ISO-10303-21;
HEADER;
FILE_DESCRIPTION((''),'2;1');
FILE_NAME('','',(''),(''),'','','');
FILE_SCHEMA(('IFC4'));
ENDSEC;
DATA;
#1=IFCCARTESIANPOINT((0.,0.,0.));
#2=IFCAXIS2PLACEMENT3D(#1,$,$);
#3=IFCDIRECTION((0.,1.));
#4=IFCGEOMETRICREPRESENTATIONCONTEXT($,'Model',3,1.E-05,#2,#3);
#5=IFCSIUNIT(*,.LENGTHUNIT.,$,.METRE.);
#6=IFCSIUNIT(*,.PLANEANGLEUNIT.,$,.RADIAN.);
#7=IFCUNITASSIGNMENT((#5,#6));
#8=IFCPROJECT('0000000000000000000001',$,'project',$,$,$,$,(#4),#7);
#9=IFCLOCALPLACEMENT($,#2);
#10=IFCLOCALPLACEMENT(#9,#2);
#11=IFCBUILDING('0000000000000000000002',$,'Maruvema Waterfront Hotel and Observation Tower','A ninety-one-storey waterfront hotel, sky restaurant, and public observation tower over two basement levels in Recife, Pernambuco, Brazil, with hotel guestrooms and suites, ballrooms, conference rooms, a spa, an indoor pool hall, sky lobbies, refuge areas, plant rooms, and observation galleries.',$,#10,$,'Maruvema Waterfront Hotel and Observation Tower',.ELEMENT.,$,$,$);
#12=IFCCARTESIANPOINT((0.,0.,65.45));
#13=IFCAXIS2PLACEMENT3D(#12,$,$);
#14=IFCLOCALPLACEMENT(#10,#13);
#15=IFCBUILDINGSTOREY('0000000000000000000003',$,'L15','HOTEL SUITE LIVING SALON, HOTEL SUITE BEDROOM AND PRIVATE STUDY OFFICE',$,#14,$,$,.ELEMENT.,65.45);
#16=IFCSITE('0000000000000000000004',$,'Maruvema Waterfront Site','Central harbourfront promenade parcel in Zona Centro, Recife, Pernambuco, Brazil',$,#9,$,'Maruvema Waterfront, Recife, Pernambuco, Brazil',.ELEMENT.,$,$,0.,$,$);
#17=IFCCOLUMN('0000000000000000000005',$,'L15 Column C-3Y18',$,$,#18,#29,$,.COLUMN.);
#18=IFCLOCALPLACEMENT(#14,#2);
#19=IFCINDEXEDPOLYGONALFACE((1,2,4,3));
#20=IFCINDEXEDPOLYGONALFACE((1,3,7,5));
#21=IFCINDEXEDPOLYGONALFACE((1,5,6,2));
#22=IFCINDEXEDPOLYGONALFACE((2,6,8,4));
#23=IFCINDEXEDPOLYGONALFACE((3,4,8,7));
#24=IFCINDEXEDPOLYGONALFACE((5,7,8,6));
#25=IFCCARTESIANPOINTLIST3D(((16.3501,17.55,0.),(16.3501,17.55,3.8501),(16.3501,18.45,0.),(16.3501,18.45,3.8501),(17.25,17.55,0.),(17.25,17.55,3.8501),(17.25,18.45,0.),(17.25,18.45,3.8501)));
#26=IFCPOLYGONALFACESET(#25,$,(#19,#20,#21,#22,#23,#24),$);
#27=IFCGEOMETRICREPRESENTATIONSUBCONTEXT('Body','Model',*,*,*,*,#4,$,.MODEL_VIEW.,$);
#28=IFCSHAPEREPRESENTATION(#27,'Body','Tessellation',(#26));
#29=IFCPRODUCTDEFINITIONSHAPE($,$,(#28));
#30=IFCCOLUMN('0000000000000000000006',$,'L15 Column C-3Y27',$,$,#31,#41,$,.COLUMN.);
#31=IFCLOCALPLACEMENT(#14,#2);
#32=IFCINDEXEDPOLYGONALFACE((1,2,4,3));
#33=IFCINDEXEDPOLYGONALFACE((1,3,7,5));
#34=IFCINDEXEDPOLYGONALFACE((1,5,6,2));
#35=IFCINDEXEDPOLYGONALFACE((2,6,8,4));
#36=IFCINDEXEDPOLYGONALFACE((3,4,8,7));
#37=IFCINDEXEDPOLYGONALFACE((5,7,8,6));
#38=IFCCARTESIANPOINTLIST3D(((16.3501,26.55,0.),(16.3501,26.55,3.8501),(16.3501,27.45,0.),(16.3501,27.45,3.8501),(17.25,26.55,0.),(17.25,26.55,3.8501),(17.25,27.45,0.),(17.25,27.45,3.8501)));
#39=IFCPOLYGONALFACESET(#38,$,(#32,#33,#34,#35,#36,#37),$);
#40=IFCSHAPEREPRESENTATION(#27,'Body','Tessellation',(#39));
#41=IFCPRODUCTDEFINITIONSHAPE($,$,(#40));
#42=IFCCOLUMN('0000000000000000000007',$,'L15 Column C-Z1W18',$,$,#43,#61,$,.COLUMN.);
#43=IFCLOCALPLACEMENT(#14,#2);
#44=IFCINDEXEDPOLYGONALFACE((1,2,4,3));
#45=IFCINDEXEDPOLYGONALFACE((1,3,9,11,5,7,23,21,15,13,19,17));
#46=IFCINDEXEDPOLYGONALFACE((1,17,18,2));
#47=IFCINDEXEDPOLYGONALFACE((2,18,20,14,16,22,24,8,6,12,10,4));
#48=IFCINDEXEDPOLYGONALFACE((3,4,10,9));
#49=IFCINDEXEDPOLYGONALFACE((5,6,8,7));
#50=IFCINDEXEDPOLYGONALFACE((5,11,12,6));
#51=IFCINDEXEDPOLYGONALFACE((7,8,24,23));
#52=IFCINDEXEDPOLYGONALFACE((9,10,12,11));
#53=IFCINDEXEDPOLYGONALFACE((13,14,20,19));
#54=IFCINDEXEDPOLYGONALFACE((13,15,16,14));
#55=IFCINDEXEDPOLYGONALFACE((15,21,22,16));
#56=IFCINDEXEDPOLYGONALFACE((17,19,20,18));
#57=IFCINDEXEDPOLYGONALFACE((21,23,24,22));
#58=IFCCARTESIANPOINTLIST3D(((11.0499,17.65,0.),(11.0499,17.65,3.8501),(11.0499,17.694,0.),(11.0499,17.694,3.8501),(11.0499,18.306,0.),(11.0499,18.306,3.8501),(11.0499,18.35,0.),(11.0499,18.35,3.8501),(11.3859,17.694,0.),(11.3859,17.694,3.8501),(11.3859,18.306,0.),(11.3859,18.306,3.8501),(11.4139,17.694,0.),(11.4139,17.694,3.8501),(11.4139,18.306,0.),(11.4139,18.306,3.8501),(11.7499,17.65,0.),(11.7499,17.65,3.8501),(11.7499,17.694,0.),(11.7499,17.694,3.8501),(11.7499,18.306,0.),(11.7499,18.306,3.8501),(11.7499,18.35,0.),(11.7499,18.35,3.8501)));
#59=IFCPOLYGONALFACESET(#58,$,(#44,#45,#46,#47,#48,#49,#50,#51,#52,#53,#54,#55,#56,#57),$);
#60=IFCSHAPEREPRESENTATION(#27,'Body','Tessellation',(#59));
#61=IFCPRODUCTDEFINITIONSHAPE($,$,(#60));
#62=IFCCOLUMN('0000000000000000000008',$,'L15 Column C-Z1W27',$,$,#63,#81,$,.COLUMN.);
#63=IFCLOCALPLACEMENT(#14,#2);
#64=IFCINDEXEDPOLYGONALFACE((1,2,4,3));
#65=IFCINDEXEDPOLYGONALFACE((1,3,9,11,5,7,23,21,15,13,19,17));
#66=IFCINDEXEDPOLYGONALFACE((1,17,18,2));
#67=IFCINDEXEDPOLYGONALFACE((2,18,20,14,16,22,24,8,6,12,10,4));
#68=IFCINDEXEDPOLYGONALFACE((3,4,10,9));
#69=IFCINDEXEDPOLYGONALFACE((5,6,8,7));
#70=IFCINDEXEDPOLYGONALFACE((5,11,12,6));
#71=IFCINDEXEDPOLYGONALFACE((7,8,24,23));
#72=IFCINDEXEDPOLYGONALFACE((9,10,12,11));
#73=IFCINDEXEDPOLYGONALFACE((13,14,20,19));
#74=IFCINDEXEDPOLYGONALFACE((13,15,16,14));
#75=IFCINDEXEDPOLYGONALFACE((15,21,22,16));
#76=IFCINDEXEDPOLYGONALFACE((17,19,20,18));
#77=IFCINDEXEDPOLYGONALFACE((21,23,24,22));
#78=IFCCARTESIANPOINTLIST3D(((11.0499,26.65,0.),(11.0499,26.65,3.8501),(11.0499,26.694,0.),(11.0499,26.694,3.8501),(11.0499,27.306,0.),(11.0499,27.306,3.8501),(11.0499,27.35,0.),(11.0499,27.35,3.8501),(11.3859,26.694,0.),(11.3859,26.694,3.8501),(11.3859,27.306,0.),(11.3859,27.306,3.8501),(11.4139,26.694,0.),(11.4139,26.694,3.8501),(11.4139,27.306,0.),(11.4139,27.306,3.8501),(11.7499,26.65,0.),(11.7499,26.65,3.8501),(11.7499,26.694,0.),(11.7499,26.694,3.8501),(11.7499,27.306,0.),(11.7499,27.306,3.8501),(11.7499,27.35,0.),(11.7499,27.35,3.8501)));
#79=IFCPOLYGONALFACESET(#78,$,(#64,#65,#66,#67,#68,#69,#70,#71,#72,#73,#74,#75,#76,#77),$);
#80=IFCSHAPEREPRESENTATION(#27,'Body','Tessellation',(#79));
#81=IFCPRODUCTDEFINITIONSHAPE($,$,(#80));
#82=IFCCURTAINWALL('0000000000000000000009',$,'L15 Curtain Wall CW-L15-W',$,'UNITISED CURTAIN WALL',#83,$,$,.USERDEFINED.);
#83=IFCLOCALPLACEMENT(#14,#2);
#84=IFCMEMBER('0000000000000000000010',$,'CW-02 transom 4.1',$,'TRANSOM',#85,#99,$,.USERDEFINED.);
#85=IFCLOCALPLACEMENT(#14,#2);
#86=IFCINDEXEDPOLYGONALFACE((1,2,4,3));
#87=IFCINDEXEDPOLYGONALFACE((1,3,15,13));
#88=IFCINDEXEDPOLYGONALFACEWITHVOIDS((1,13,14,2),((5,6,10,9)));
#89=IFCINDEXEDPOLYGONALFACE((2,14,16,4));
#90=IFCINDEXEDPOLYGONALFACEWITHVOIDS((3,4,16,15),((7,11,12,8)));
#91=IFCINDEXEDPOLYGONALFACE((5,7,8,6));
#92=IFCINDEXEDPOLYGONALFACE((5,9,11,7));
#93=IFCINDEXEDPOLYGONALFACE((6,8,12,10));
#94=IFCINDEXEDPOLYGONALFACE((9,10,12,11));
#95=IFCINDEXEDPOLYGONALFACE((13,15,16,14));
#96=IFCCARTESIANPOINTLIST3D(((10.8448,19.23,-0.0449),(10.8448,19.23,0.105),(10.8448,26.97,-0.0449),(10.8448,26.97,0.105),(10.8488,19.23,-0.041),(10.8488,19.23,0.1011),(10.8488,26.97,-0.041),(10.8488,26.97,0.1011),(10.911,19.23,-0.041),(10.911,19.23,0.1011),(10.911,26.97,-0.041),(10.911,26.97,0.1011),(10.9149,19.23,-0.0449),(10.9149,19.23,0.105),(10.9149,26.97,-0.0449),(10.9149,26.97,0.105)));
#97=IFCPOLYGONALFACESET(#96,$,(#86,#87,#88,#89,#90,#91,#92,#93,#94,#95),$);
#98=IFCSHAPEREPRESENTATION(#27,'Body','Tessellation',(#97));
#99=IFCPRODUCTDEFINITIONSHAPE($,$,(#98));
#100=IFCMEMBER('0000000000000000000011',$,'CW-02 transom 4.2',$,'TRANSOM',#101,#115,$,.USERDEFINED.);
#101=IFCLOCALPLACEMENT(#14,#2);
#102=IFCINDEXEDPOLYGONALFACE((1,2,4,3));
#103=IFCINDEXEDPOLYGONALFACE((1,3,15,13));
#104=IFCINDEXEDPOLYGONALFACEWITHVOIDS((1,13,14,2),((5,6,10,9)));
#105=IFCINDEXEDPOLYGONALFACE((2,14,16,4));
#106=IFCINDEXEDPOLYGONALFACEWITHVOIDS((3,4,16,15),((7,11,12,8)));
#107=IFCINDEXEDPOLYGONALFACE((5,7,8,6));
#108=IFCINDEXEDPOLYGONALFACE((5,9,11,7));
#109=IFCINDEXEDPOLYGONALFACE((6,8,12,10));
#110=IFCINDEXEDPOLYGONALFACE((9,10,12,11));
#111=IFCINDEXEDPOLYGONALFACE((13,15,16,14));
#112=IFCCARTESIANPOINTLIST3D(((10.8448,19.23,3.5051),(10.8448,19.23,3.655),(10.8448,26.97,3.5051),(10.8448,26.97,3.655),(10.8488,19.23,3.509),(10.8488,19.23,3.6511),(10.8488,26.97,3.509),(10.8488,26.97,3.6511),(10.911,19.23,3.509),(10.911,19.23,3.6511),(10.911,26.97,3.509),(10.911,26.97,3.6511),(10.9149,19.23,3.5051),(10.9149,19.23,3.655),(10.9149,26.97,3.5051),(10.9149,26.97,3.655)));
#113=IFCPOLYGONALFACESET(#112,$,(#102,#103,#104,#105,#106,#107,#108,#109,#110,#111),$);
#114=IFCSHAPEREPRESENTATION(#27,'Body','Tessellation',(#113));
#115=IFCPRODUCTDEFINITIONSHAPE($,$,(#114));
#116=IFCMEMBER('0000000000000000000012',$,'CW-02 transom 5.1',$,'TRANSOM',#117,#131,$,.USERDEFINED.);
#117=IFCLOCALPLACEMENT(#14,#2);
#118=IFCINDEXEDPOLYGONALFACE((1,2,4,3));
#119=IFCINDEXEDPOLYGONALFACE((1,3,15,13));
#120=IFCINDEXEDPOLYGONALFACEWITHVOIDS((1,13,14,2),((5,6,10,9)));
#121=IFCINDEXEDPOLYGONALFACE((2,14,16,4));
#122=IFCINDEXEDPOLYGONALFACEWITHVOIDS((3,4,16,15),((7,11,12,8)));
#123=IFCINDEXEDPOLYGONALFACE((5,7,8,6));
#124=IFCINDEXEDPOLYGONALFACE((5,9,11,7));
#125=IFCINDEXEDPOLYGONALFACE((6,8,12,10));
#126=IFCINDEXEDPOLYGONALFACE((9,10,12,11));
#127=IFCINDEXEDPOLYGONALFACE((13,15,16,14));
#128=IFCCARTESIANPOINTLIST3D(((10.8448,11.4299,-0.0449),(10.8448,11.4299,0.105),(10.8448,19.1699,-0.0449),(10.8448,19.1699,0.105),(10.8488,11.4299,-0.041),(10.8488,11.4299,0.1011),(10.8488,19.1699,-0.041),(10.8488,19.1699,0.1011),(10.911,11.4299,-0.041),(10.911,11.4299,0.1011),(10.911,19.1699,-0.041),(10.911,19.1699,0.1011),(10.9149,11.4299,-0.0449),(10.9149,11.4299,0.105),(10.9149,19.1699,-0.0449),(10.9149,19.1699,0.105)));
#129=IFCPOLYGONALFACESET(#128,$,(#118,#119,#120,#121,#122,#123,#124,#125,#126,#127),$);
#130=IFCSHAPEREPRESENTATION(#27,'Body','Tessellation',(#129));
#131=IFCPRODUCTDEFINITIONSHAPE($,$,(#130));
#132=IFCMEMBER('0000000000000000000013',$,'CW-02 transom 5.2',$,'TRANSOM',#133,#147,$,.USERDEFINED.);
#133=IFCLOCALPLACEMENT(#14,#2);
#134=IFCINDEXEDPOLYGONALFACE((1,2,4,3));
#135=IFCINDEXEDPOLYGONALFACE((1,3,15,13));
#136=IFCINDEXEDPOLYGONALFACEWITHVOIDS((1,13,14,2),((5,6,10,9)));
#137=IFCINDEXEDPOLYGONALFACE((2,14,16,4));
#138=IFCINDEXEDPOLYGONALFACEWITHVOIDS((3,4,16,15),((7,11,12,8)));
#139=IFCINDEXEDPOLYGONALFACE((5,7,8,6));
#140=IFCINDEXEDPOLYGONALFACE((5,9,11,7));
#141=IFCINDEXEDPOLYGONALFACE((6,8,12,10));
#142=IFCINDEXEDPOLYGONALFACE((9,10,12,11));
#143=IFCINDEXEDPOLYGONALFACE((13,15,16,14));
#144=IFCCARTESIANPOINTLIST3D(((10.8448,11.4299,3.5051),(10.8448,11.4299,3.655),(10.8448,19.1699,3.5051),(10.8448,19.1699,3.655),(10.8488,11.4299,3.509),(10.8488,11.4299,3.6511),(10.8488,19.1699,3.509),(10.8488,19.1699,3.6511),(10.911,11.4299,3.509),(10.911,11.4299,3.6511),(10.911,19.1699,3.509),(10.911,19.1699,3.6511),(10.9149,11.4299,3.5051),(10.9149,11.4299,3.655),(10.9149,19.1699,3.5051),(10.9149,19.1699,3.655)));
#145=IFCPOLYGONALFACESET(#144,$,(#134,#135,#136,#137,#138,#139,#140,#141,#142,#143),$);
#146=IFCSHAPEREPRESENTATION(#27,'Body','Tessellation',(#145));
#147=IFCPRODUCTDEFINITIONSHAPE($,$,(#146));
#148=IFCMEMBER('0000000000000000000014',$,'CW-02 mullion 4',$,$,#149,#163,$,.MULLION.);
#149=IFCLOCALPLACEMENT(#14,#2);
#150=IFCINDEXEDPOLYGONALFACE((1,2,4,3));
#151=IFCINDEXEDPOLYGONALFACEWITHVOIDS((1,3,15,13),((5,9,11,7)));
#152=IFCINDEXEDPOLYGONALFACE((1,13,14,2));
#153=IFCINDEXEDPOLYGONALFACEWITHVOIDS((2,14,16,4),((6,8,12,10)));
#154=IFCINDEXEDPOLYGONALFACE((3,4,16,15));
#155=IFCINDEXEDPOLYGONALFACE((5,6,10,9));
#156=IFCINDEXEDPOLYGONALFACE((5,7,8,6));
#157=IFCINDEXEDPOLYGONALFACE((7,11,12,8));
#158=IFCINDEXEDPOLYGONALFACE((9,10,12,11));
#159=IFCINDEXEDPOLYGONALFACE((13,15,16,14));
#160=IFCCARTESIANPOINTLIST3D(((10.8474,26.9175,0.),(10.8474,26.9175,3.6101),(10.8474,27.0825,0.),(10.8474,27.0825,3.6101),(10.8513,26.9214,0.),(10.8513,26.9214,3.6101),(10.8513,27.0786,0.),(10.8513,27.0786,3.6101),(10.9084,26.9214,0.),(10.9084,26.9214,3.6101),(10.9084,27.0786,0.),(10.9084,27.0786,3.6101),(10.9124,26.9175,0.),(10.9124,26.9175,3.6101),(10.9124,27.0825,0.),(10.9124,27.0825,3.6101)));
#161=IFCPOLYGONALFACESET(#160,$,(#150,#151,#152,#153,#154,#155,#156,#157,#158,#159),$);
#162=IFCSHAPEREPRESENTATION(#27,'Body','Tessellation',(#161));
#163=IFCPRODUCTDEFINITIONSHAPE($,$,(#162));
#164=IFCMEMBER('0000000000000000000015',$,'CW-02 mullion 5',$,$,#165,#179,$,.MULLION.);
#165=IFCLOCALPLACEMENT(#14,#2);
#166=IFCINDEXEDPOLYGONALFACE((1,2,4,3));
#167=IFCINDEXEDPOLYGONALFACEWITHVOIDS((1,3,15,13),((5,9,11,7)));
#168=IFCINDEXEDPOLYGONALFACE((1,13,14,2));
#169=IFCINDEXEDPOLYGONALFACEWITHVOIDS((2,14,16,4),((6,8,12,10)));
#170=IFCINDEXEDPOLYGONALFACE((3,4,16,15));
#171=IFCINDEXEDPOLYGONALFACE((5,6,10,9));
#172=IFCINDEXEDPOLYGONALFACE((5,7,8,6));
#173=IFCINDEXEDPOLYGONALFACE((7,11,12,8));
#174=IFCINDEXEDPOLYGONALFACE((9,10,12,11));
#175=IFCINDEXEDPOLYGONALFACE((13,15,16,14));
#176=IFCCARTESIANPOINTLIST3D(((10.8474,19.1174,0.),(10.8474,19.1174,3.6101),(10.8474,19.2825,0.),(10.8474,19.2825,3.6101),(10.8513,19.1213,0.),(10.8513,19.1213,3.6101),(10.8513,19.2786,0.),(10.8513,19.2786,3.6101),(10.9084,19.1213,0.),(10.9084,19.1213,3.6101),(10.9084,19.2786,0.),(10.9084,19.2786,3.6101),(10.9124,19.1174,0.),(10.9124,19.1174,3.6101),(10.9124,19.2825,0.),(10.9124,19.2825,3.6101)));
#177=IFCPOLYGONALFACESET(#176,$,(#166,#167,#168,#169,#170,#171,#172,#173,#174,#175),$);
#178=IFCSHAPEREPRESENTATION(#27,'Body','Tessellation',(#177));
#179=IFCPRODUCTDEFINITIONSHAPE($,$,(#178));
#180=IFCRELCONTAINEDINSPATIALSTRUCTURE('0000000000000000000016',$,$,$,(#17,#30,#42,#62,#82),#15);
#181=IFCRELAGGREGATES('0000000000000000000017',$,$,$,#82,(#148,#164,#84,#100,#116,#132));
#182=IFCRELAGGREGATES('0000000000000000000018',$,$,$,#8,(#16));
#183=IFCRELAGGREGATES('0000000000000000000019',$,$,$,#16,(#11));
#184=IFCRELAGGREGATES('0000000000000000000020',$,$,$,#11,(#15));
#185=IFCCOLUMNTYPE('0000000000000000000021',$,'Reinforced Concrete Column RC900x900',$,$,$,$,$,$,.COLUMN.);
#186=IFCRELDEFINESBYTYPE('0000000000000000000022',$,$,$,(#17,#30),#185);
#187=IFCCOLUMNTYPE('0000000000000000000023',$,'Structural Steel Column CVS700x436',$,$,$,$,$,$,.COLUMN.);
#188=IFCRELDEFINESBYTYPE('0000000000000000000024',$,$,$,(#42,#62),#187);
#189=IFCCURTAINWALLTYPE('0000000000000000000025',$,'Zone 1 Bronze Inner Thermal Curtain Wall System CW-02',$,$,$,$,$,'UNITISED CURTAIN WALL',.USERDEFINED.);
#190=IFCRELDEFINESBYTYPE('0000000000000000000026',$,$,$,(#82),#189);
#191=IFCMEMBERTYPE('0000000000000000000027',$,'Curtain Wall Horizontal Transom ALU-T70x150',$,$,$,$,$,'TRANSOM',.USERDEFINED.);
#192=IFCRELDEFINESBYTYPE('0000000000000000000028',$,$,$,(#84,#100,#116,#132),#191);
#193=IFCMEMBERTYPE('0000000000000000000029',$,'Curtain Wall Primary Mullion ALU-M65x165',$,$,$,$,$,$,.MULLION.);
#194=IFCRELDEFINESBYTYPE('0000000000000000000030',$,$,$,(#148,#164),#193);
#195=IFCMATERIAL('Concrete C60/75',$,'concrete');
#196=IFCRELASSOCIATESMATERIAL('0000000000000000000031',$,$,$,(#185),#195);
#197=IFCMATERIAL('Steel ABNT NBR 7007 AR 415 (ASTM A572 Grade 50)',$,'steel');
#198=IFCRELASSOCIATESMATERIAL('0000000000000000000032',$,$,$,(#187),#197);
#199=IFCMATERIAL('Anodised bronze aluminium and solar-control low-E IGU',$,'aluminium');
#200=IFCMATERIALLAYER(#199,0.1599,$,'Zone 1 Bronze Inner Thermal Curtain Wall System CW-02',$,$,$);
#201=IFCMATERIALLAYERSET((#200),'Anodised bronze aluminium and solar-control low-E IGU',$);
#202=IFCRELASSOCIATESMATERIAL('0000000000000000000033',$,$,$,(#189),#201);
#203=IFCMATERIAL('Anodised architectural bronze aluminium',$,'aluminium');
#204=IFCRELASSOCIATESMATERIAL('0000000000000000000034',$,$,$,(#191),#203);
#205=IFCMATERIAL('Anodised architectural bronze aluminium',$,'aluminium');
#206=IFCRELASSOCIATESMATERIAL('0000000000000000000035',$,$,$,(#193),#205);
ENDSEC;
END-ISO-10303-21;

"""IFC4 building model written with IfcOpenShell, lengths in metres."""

from ifc_helpers import new_model, si_unit, direction, frame, origin, origin_2d, place, context, subcontext, project, spatial, rectangle, hollow_rectangle, i_section, extrude, material, layer, layer_set, material_profile, profile_set, type_object, element, aggregate, save


model = new_model("IFC4")

# Units and contexts
model_context = context("Model", 3, precision=1e-05, world=origin(), true_north=direction((0.0, 1.0)))
body_context = subcontext(model_context, "Body", "Model", "MODEL_VIEW")
ifc_project = project(units=[si_unit("LENGTHUNIT", "METRE"), si_unit("PLANEANGLEUNIT", "RADIAN")], contexts=[model_context])

# Site, building, storey
site_placement = place(None, origin())
site = spatial("IfcSite", under=ifc_project, at=site_placement, Name="Maruvema Waterfront Site", Description="Central harbourfront promenade parcel in Zona Centro, Recife, Pernambuco, Brazil", LongName="Maruvema Waterfront, Recife, Pernambuco, Brazil", CompositionType="ELEMENT", RefElevation=0.0)
building_placement = place(site_placement, origin())
building = spatial("IfcBuilding", under=site, at=building_placement, Name="Maruvema Waterfront Hotel and Observation Tower", Description="A ninety-one-storey waterfront hotel, sky restaurant, and public observation tower over two basement levels in Recife, Pernambuco, Brazil, with hotel guestrooms and suites, ballrooms, conference rooms, a spa, an indoor pool hall, sky lobbies, refuge areas, plant rooms, and observation galleries.", LongName="Maruvema Waterfront Hotel and Observation Tower", CompositionType="ELEMENT")
storey_placement = place(building_placement, frame((0.0, 0.0, 65.45)))
storey = spatial("IfcBuildingStorey", under=building, at=storey_placement, Name="L15", Description="HOTEL SUITE LIVING SALON, HOTEL SUITE BEDROOM AND PRIVATE STUDY OFFICE", CompositionType="ELEMENT", Elevation=65.45)

# Columns
ifc_material_1 = material(Name="Concrete C60/75", Category="concrete")
ifc_material_profile_1 = material_profile(ifc_material_1, rectangle(XDim=0.8999, YDim=0.8999, at=origin_2d()), Name="RC900x900")
ifc_profile_set_1 = profile_set([ifc_material_profile_1], Name="Concrete C60/75")
column_type_1 = type_object("IfcColumnType", Name="Reinforced Concrete Column RC900x900", PredefinedType="COLUMN", material=ifc_profile_set_1)
for number, where, z_axis, x_axis, name in (
    (1, (16.8, 18.0, 0.0), (0.0, 0.0, 1.0), (1.0, 0.0, 0.0), "L15 Column C-3Y18"),
    (2, (16.8, 27.0, 0.0), (0.0, 0.0, 1.0), (1.0, 0.0, 0.0), "L15 Column C-3Y27"),
):
    element("IfcColumn", number, at=place(storey_placement, frame(where, z_axis=z_axis, x_axis=x_axis)), inside=storey, type_object=column_type_1, Name=name, PredefinedType="COLUMN", context=body_context, shape_type="SweptSolid", body=[
        extrude(rectangle(XDim=0.8999, YDim=0.8999, at=origin_2d()), origin(), (0.0, 0.0, 1.0), 3.8501),
    ])
ifc_material_2 = material(Name="Steel ABNT NBR 7007 AR 415 (ASTM A572 Grade 50)", Category="steel")
ifc_material_profile_2 = material_profile(ifc_material_2, i_section(OverallWidth=0.7, OverallDepth=0.7, WebThickness=0.0281, FlangeThickness=0.0439, at=origin_2d()), Name="CVS700x436")
ifc_profile_set_2 = profile_set([ifc_material_profile_2], Name="Steel ABNT NBR 7007 AR 415 (ASTM A572 Grade 50)")
column_type_2 = type_object("IfcColumnType", Name="Structural Steel Column CVS700x436", PredefinedType="COLUMN", material=ifc_profile_set_2)
for number, where, z_axis, x_axis, name in (
    (3, (11.3999, 18.0, 0.0), (0.0, 0.0, 1.0), (1.0, 0.0, 0.0), "L15 Column C-Z1W18"),
    (4, (11.3999, 27.0, 0.0), (0.0, 0.0, 1.0), (1.0, 0.0, 0.0), "L15 Column C-Z1W27"),
):
    element("IfcColumn", number, at=place(storey_placement, frame(where, z_axis=z_axis, x_axis=x_axis)), inside=storey, type_object=column_type_2, Name=name, PredefinedType="COLUMN", context=body_context, shape_type="SweptSolid", body=[
        extrude(i_section(OverallWidth=0.7, OverallDepth=0.7, WebThickness=0.0281, FlangeThickness=0.0439, at=origin_2d()), origin(), (0.0, 0.0, 1.0), 3.8501),
    ])

# Curtain wall, members
ifc_material_3 = material(Name="Anodised bronze aluminium and solar-control low-E IGU", Category="aluminium")
ifc_layer_1 = layer(ifc_material_3, 0.1599, Name="Zone 1 Bronze Inner Thermal Curtain Wall System CW-02")
ifc_layer_set_1 = layer_set([ifc_layer_1], Name="Anodised bronze aluminium and solar-control low-E IGU")
curtain_wall_type = type_object("IfcCurtainWallType", Name="Zone 1 Bronze Inner Thermal Curtain Wall System CW-02", ElementType="UNITISED CURTAIN WALL", PredefinedType="USERDEFINED", material=ifc_layer_set_1)
curtain_wall_placement = place(storey_placement, origin())
curtain_wall = element("IfcCurtainWall", 5, at=curtain_wall_placement, inside=storey, type_object=curtain_wall_type, Name="L15 Curtain Wall CW-L15-W", ObjectType="UNITISED CURTAIN WALL", PredefinedType="USERDEFINED")
ifc_material_4 = material(Name="Anodised architectural bronze aluminium", Category="aluminium")
ifc_material_profile_3 = material_profile(ifc_material_4, hollow_rectangle(XDim=0.0701, YDim=0.1499, WallThickness=0.0039, at=origin_2d()), Name="ALU-T70x150")
ifc_profile_set_3 = profile_set([ifc_material_profile_3], Name="Anodised architectural bronze aluminium")
member_type_1 = type_object("IfcMemberType", Name="Curtain Wall Horizontal Transom ALU-T70x150", ElementType="TRANSOM", PredefinedType="USERDEFINED", material=ifc_profile_set_3)
member_1_placement = place(storey_placement, frame((10.8799, 26.97, 0.03), z_axis=(0.0, -1.0, 0.0), x_axis=(1.0, 0.0, 0.0)))
member_1 = element("IfcMember", 6, at=member_1_placement, type_object=member_type_1, Name="CW-02 transom 4.1", ObjectType="TRANSOM", PredefinedType="USERDEFINED", context=body_context, shape_type="SweptSolid", body=[
    extrude(hollow_rectangle(XDim=0.0701, YDim=0.1499, WallThickness=0.0039, at=origin_2d()), origin(), (0.0, 0.0, 1.0), 7.74),
])
member_2_placement = place(storey_placement, frame((10.8799, 26.97, 3.5801), z_axis=(0.0, -1.0, 0.0), x_axis=(1.0, 0.0, 0.0)))
member_2 = element("IfcMember", 7, at=member_2_placement, type_object=member_type_1, Name="CW-02 transom 4.2", ObjectType="TRANSOM", PredefinedType="USERDEFINED", context=body_context, shape_type="SweptSolid", body=[
    extrude(hollow_rectangle(XDim=0.0701, YDim=0.1499, WallThickness=0.0039, at=origin_2d()), origin(), (0.0, 0.0, 1.0), 7.74),
])
member_3_placement = place(storey_placement, frame((10.8799, 19.1699, 0.03), z_axis=(0.0, -1.0, 0.0), x_axis=(1.0, 0.0, 0.0)))
member_3 = element("IfcMember", 8, at=member_3_placement, type_object=member_type_1, Name="CW-02 transom 5.1", ObjectType="TRANSOM", PredefinedType="USERDEFINED", context=body_context, shape_type="SweptSolid", body=[
    extrude(hollow_rectangle(XDim=0.0701, YDim=0.1499, WallThickness=0.0039, at=origin_2d()), origin(), (0.0, 0.0, 1.0), 7.74),
])
member_4_placement = place(storey_placement, frame((10.8799, 19.1699, 3.5801), z_axis=(0.0, -1.0, 0.0), x_axis=(1.0, 0.0, 0.0)))
member_4 = element("IfcMember", 9, at=member_4_placement, type_object=member_type_1, Name="CW-02 transom 5.2", ObjectType="TRANSOM", PredefinedType="USERDEFINED", context=body_context, shape_type="SweptSolid", body=[
    extrude(hollow_rectangle(XDim=0.0701, YDim=0.1499, WallThickness=0.0039, at=origin_2d()), origin(), (0.0, 0.0, 1.0), 7.74),
])
ifc_material_5 = material(Name="Anodised architectural bronze aluminium", Category="aluminium")
ifc_material_profile_4 = material_profile(ifc_material_5, hollow_rectangle(XDim=0.0649, YDim=0.165, WallThickness=0.0039, at=origin_2d()), Name="ALU-M65x165")
ifc_profile_set_4 = profile_set([ifc_material_profile_4], Name="Anodised architectural bronze aluminium")
member_type_2 = type_object("IfcMemberType", Name="Curtain Wall Primary Mullion ALU-M65x165", PredefinedType="MULLION", material=ifc_profile_set_4)
member_5_placement = place(storey_placement, frame((10.8799, 27.0, 0.0), z_axis=(0.0, 0.0, 1.0), x_axis=(1.0, 0.0, 0.0)))
member_5 = element("IfcMember", 10, at=member_5_placement, type_object=member_type_2, Name="CW-02 mullion 4", PredefinedType="MULLION", context=body_context, shape_type="SweptSolid", body=[
    extrude(hollow_rectangle(XDim=0.0649, YDim=0.165, WallThickness=0.0039, at=origin_2d()), origin(), (0.0, 0.0, 1.0), 3.6101),
])
member_6_placement = place(storey_placement, frame((10.8799, 19.2, 0.0), z_axis=(0.0, 0.0, 1.0), x_axis=(1.0, 0.0, 0.0)))
member_6 = element("IfcMember", 11, at=member_6_placement, type_object=member_type_2, Name="CW-02 mullion 5", PredefinedType="MULLION", context=body_context, shape_type="SweptSolid", body=[
    extrude(hollow_rectangle(XDim=0.0649, YDim=0.165, WallThickness=0.0039, at=origin_2d()), origin(), (0.0, 0.0, 1.0), 3.6101),
])

aggregate(curtain_wall, [member_5, member_6, member_1, member_2, member_3, member_4])

save(model, "model.ifc")
